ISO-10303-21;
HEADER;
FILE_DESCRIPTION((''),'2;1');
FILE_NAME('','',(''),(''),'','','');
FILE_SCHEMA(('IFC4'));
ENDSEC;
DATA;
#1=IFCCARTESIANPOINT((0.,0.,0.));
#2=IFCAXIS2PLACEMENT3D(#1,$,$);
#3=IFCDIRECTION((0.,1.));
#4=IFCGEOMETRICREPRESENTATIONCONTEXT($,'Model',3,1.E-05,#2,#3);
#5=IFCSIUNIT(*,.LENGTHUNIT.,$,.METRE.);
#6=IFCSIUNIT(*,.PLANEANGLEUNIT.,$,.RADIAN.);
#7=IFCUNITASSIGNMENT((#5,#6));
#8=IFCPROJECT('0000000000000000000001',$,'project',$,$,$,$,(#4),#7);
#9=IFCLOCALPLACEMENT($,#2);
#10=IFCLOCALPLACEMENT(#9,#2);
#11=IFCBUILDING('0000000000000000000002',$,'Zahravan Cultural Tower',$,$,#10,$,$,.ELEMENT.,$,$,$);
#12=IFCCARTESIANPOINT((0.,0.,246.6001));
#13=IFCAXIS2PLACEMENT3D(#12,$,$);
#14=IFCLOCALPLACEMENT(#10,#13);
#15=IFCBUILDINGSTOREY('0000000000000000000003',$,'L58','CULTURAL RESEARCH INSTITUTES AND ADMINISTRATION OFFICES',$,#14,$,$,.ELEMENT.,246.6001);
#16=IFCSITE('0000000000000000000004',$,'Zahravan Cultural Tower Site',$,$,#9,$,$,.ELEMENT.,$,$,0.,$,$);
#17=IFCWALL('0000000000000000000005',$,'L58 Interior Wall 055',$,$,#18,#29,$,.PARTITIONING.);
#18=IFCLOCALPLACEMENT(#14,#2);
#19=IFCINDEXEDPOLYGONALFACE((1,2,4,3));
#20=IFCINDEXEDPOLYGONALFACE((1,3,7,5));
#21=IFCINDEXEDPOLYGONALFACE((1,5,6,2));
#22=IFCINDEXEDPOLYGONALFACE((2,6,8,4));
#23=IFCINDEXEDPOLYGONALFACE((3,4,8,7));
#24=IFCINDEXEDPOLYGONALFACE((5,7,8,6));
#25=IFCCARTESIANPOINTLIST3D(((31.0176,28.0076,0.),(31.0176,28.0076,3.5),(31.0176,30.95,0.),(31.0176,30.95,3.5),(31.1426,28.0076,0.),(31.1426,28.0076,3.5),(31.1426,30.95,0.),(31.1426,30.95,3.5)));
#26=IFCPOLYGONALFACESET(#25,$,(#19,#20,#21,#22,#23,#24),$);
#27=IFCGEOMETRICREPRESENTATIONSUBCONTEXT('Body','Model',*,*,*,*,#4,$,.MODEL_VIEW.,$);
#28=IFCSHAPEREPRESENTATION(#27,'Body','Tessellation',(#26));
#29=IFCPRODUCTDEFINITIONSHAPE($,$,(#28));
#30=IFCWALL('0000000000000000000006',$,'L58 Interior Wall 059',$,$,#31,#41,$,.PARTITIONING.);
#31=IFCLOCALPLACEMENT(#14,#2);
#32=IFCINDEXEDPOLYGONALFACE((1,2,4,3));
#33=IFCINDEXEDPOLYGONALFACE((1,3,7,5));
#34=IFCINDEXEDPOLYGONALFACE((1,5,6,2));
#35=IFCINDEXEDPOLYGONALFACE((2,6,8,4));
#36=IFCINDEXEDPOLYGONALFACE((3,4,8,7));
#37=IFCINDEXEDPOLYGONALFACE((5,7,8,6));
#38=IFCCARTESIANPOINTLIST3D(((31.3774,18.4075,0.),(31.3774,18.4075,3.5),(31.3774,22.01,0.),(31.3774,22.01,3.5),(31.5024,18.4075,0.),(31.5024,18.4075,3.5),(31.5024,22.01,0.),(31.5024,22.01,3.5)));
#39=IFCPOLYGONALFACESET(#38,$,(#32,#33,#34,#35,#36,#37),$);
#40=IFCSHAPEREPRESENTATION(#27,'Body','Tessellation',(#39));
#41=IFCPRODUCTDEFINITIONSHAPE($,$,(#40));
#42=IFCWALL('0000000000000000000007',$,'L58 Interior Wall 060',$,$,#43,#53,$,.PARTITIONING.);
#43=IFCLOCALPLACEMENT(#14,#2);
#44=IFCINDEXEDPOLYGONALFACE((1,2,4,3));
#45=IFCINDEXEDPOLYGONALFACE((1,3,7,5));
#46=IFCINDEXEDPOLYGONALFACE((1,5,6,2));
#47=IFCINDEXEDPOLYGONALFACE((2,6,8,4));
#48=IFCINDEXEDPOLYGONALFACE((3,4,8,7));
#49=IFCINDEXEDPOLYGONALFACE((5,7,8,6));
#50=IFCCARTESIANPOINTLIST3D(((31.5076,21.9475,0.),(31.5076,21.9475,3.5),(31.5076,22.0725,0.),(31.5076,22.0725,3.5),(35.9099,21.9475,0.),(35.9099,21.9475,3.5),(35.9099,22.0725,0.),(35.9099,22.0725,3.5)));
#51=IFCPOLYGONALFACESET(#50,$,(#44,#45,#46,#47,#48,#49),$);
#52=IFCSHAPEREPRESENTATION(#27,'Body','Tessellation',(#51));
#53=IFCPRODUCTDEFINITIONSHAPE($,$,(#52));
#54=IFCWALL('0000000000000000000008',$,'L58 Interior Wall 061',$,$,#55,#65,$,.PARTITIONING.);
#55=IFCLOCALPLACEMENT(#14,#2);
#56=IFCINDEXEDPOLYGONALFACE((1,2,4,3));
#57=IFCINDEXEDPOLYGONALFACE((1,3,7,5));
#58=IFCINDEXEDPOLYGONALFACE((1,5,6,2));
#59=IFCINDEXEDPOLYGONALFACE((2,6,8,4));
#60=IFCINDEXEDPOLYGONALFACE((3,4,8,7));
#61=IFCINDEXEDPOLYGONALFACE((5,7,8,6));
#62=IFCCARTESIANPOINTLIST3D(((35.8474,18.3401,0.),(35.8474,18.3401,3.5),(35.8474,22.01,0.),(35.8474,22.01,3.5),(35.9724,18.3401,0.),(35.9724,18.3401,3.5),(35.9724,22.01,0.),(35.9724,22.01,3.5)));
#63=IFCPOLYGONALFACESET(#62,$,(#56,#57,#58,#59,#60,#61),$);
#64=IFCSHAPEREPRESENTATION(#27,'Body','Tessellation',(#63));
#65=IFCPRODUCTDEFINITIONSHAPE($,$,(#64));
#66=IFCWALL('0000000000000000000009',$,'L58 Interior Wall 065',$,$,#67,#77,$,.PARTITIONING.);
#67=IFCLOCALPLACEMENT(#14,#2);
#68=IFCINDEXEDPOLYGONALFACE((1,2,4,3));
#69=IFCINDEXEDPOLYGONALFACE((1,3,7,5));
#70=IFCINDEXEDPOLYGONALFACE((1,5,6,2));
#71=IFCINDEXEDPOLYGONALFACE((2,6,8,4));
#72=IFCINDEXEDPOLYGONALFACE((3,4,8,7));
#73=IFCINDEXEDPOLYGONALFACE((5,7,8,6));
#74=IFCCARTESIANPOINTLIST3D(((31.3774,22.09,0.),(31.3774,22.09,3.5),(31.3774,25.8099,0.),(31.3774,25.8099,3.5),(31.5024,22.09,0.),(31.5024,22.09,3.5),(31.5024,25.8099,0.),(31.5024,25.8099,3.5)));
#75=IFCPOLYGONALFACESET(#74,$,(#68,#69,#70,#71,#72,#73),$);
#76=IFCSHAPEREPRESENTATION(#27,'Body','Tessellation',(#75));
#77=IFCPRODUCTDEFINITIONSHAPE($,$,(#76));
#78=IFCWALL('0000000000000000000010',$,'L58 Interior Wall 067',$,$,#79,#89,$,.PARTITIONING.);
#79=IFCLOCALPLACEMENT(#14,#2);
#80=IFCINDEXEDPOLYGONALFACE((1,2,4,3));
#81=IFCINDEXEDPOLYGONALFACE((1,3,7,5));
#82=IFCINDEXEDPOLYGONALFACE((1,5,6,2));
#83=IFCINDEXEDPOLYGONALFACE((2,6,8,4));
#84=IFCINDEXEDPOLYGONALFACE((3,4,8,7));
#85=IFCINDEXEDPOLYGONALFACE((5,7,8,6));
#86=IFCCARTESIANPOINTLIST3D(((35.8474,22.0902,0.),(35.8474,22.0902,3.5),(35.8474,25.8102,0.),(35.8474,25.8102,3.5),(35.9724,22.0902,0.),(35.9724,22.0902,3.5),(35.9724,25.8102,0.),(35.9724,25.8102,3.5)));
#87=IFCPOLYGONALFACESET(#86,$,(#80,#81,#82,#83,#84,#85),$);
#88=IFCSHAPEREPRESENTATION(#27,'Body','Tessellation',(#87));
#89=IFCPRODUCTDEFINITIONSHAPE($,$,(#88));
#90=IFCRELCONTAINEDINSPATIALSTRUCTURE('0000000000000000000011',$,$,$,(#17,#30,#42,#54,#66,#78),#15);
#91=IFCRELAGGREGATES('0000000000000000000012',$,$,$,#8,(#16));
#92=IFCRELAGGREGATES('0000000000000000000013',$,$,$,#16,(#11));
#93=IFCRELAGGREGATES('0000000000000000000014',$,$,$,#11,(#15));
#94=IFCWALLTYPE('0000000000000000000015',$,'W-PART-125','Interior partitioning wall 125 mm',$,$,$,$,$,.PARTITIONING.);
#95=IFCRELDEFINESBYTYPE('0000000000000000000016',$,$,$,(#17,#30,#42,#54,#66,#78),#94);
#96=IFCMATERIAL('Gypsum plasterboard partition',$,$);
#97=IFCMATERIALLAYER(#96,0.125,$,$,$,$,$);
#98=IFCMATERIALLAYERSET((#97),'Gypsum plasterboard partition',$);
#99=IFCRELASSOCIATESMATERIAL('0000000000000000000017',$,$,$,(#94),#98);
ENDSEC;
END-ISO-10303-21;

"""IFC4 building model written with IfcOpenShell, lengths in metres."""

from ifc_helpers import new_model, si_unit, direction, frame, frame_2d, origin, place, context, subcontext, project, spatial, rectangle, extrude, source, transform, mapped, material, layer, layer_set, type_object, element, save


model = new_model("IFC4")

# Units and contexts
model_context = context("Model", 3, precision=1e-05, world=origin(), true_north=direction((0.0, 1.0)))
body_context = subcontext(model_context, "Body", "Model", "MODEL_VIEW")
ifc_project = project(units=[si_unit("LENGTHUNIT", "METRE"), si_unit("PLANEANGLEUNIT", "RADIAN")], contexts=[model_context])

# Site, building, storey
site_placement = place(None, origin())
site = spatial("IfcSite", under=ifc_project, at=site_placement, Name="Zahravan Cultural Tower Site", CompositionType="ELEMENT", RefElevation=0.0)
building_placement = place(site_placement, origin())
building = spatial("IfcBuilding", under=site, at=building_placement, Name="Zahravan Cultural Tower", CompositionType="ELEMENT")
storey_placement = place(building_placement, frame((0.0, 0.0, 246.6001)))
storey = spatial("IfcBuildingStorey", under=building, at=storey_placement, Name="L58", Description="CULTURAL RESEARCH INSTITUTES AND ADMINISTRATION OFFICES", CompositionType="ELEMENT", Elevation=246.6001)

# Shared definitions
ifc_material_1 = material(Name="Gypsum plasterboard partition")
ifc_layer_1 = layer(ifc_material_1, 0.125)
ifc_layer_set_1 = layer_set([ifc_layer_1], Name="Gypsum plasterboard partition")
wall_type_1 = type_object("IfcWallType", Name="W-PART-125", Description="Interior partitioning wall 125 mm", PredefinedType="PARTITIONING", material=ifc_layer_set_1)

# Walls
shared_shape_1 = source(origin(), body_context, "Body", "SweptSolid", [
    extrude(rectangle(XDim=2.9424, YDim=0.125, at=frame_2d((1.4712, 0.0))), origin(), (0.0, 0.0, 1.0), 3.5),
])
wall_1_placement = place(storey_placement, frame((31.0801, 28.0076, 0.0), z_axis=(0.0, 0.0, 1.0), x_axis=(0.0, 1.0, 0.0)))
element("IfcWall", 1, at=wall_1_placement, inside=storey, type_object=wall_type_1, Name="L58 Interior Wall 055", PredefinedType="PARTITIONING", context=body_context, shape_type="MappedRepresentation", body=[
    mapped(shared_shape_1, transform((0.0, 0.0, 0.0), x_axis=(1.0, 0.0, 0.0), y_axis=(0.0, 1.0, 0.0), z_axis=(0.0, 0.0, 1.0), scale=1.0)),
])
shared_shape_2 = source(origin(), body_context, "Body", "SweptSolid", [
    extrude(rectangle(XDim=3.6025, YDim=0.125, at=frame_2d((1.8013, 0.0))), origin(), (0.0, 0.0, 1.0), 3.5),
])
wall_2_placement = place(storey_placement, frame((31.4399, 18.4075, 0.0), z_axis=(0.0, 0.0, 1.0), x_axis=(0.0, 1.0, 0.0)))
element("IfcWall", 2, at=wall_2_placement, inside=storey, type_object=wall_type_1, Name="L58 Interior Wall 059", PredefinedType="PARTITIONING", context=body_context, shape_type="MappedRepresentation", body=[
    mapped(shared_shape_2, transform((0.0, 0.0, 0.0), x_axis=(1.0, 0.0, 0.0), y_axis=(0.0, 1.0, 0.0), z_axis=(0.0, 0.0, 1.0), scale=1.0)),
])
shared_shape_3 = source(origin(), body_context, "Body", "SweptSolid", [
    extrude(rectangle(XDim=4.4023, YDim=0.125, at=frame_2d((2.2012, 0.0))), origin(), (0.0, 0.0, 1.0), 3.5),
])
wall_3_placement = place(storey_placement, frame((31.5076, 22.01, 0.0), z_axis=(0.0, 0.0, 1.0), x_axis=(1.0, 0.0, 0.0)))
element("IfcWall", 3, at=wall_3_placement, inside=storey, type_object=wall_type_1, Name="L58 Interior Wall 060", PredefinedType="PARTITIONING", context=body_context, shape_type="MappedRepresentation", body=[
    mapped(shared_shape_3, transform((0.0, 0.0, 0.0), x_axis=(1.0, 0.0, 0.0), y_axis=(0.0, 1.0, 0.0), z_axis=(0.0, 0.0, 1.0), scale=1.0)),
])
shared_shape_4 = source(origin(), body_context, "Body", "SweptSolid", [
    extrude(rectangle(XDim=3.6699, YDim=0.125, at=frame_2d((1.835, 0.0))), origin(), (0.0, 0.0, 1.0), 3.5),
])
wall_4_placement = place(storey_placement, frame((35.9099, 22.01, 0.0), z_axis=(0.0, 0.0, 1.0), x_axis=(0.0, -1.0, 0.0)))
element("IfcWall", 4, at=wall_4_placement, inside=storey, type_object=wall_type_1, Name="L58 Interior Wall 061", PredefinedType="PARTITIONING", context=body_context, shape_type="MappedRepresentation", body=[
    mapped(shared_shape_4, transform((0.0, 0.0, 0.0), x_axis=(1.0, 0.0, 0.0), y_axis=(0.0, 1.0, 0.0), z_axis=(0.0, 0.0, 1.0), scale=1.0)),
])
shared_shape_5 = source(origin(), body_context, "Body", "SweptSolid", [
    extrude(rectangle(XDim=3.72, YDim=0.125, at=frame_2d((1.8599, 0.0))), origin(), (0.0, 0.0, 1.0), 3.5),
])
for number, where, z_axis, x_axis, name in (
    (5, (31.4399, 22.0901, 0.0), (0.0, 0.0, 1.0), (0.0, 1.0, 0.0), "L58 Interior Wall 065"),
    (6, (35.9099, 25.8101, 0.0), (0.0, 0.0, 1.0), (0.0, -1.0, 0.0), "L58 Interior Wall 067"),
):
    element("IfcWall", number, at=place(storey_placement, frame(where, z_axis=z_axis, x_axis=x_axis)), inside=storey, type_object=wall_type_1, Name=name, PredefinedType="PARTITIONING", context=body_context, shape_type="MappedRepresentation", body=[
        mapped(shared_shape_5, transform((0.0, 0.0, 0.0), x_axis=(1.0, 0.0, 0.0), y_axis=(0.0, 1.0, 0.0), z_axis=(0.0, 0.0, 1.0), scale=1.0)),
    ])

save(model, "model.ifc")
